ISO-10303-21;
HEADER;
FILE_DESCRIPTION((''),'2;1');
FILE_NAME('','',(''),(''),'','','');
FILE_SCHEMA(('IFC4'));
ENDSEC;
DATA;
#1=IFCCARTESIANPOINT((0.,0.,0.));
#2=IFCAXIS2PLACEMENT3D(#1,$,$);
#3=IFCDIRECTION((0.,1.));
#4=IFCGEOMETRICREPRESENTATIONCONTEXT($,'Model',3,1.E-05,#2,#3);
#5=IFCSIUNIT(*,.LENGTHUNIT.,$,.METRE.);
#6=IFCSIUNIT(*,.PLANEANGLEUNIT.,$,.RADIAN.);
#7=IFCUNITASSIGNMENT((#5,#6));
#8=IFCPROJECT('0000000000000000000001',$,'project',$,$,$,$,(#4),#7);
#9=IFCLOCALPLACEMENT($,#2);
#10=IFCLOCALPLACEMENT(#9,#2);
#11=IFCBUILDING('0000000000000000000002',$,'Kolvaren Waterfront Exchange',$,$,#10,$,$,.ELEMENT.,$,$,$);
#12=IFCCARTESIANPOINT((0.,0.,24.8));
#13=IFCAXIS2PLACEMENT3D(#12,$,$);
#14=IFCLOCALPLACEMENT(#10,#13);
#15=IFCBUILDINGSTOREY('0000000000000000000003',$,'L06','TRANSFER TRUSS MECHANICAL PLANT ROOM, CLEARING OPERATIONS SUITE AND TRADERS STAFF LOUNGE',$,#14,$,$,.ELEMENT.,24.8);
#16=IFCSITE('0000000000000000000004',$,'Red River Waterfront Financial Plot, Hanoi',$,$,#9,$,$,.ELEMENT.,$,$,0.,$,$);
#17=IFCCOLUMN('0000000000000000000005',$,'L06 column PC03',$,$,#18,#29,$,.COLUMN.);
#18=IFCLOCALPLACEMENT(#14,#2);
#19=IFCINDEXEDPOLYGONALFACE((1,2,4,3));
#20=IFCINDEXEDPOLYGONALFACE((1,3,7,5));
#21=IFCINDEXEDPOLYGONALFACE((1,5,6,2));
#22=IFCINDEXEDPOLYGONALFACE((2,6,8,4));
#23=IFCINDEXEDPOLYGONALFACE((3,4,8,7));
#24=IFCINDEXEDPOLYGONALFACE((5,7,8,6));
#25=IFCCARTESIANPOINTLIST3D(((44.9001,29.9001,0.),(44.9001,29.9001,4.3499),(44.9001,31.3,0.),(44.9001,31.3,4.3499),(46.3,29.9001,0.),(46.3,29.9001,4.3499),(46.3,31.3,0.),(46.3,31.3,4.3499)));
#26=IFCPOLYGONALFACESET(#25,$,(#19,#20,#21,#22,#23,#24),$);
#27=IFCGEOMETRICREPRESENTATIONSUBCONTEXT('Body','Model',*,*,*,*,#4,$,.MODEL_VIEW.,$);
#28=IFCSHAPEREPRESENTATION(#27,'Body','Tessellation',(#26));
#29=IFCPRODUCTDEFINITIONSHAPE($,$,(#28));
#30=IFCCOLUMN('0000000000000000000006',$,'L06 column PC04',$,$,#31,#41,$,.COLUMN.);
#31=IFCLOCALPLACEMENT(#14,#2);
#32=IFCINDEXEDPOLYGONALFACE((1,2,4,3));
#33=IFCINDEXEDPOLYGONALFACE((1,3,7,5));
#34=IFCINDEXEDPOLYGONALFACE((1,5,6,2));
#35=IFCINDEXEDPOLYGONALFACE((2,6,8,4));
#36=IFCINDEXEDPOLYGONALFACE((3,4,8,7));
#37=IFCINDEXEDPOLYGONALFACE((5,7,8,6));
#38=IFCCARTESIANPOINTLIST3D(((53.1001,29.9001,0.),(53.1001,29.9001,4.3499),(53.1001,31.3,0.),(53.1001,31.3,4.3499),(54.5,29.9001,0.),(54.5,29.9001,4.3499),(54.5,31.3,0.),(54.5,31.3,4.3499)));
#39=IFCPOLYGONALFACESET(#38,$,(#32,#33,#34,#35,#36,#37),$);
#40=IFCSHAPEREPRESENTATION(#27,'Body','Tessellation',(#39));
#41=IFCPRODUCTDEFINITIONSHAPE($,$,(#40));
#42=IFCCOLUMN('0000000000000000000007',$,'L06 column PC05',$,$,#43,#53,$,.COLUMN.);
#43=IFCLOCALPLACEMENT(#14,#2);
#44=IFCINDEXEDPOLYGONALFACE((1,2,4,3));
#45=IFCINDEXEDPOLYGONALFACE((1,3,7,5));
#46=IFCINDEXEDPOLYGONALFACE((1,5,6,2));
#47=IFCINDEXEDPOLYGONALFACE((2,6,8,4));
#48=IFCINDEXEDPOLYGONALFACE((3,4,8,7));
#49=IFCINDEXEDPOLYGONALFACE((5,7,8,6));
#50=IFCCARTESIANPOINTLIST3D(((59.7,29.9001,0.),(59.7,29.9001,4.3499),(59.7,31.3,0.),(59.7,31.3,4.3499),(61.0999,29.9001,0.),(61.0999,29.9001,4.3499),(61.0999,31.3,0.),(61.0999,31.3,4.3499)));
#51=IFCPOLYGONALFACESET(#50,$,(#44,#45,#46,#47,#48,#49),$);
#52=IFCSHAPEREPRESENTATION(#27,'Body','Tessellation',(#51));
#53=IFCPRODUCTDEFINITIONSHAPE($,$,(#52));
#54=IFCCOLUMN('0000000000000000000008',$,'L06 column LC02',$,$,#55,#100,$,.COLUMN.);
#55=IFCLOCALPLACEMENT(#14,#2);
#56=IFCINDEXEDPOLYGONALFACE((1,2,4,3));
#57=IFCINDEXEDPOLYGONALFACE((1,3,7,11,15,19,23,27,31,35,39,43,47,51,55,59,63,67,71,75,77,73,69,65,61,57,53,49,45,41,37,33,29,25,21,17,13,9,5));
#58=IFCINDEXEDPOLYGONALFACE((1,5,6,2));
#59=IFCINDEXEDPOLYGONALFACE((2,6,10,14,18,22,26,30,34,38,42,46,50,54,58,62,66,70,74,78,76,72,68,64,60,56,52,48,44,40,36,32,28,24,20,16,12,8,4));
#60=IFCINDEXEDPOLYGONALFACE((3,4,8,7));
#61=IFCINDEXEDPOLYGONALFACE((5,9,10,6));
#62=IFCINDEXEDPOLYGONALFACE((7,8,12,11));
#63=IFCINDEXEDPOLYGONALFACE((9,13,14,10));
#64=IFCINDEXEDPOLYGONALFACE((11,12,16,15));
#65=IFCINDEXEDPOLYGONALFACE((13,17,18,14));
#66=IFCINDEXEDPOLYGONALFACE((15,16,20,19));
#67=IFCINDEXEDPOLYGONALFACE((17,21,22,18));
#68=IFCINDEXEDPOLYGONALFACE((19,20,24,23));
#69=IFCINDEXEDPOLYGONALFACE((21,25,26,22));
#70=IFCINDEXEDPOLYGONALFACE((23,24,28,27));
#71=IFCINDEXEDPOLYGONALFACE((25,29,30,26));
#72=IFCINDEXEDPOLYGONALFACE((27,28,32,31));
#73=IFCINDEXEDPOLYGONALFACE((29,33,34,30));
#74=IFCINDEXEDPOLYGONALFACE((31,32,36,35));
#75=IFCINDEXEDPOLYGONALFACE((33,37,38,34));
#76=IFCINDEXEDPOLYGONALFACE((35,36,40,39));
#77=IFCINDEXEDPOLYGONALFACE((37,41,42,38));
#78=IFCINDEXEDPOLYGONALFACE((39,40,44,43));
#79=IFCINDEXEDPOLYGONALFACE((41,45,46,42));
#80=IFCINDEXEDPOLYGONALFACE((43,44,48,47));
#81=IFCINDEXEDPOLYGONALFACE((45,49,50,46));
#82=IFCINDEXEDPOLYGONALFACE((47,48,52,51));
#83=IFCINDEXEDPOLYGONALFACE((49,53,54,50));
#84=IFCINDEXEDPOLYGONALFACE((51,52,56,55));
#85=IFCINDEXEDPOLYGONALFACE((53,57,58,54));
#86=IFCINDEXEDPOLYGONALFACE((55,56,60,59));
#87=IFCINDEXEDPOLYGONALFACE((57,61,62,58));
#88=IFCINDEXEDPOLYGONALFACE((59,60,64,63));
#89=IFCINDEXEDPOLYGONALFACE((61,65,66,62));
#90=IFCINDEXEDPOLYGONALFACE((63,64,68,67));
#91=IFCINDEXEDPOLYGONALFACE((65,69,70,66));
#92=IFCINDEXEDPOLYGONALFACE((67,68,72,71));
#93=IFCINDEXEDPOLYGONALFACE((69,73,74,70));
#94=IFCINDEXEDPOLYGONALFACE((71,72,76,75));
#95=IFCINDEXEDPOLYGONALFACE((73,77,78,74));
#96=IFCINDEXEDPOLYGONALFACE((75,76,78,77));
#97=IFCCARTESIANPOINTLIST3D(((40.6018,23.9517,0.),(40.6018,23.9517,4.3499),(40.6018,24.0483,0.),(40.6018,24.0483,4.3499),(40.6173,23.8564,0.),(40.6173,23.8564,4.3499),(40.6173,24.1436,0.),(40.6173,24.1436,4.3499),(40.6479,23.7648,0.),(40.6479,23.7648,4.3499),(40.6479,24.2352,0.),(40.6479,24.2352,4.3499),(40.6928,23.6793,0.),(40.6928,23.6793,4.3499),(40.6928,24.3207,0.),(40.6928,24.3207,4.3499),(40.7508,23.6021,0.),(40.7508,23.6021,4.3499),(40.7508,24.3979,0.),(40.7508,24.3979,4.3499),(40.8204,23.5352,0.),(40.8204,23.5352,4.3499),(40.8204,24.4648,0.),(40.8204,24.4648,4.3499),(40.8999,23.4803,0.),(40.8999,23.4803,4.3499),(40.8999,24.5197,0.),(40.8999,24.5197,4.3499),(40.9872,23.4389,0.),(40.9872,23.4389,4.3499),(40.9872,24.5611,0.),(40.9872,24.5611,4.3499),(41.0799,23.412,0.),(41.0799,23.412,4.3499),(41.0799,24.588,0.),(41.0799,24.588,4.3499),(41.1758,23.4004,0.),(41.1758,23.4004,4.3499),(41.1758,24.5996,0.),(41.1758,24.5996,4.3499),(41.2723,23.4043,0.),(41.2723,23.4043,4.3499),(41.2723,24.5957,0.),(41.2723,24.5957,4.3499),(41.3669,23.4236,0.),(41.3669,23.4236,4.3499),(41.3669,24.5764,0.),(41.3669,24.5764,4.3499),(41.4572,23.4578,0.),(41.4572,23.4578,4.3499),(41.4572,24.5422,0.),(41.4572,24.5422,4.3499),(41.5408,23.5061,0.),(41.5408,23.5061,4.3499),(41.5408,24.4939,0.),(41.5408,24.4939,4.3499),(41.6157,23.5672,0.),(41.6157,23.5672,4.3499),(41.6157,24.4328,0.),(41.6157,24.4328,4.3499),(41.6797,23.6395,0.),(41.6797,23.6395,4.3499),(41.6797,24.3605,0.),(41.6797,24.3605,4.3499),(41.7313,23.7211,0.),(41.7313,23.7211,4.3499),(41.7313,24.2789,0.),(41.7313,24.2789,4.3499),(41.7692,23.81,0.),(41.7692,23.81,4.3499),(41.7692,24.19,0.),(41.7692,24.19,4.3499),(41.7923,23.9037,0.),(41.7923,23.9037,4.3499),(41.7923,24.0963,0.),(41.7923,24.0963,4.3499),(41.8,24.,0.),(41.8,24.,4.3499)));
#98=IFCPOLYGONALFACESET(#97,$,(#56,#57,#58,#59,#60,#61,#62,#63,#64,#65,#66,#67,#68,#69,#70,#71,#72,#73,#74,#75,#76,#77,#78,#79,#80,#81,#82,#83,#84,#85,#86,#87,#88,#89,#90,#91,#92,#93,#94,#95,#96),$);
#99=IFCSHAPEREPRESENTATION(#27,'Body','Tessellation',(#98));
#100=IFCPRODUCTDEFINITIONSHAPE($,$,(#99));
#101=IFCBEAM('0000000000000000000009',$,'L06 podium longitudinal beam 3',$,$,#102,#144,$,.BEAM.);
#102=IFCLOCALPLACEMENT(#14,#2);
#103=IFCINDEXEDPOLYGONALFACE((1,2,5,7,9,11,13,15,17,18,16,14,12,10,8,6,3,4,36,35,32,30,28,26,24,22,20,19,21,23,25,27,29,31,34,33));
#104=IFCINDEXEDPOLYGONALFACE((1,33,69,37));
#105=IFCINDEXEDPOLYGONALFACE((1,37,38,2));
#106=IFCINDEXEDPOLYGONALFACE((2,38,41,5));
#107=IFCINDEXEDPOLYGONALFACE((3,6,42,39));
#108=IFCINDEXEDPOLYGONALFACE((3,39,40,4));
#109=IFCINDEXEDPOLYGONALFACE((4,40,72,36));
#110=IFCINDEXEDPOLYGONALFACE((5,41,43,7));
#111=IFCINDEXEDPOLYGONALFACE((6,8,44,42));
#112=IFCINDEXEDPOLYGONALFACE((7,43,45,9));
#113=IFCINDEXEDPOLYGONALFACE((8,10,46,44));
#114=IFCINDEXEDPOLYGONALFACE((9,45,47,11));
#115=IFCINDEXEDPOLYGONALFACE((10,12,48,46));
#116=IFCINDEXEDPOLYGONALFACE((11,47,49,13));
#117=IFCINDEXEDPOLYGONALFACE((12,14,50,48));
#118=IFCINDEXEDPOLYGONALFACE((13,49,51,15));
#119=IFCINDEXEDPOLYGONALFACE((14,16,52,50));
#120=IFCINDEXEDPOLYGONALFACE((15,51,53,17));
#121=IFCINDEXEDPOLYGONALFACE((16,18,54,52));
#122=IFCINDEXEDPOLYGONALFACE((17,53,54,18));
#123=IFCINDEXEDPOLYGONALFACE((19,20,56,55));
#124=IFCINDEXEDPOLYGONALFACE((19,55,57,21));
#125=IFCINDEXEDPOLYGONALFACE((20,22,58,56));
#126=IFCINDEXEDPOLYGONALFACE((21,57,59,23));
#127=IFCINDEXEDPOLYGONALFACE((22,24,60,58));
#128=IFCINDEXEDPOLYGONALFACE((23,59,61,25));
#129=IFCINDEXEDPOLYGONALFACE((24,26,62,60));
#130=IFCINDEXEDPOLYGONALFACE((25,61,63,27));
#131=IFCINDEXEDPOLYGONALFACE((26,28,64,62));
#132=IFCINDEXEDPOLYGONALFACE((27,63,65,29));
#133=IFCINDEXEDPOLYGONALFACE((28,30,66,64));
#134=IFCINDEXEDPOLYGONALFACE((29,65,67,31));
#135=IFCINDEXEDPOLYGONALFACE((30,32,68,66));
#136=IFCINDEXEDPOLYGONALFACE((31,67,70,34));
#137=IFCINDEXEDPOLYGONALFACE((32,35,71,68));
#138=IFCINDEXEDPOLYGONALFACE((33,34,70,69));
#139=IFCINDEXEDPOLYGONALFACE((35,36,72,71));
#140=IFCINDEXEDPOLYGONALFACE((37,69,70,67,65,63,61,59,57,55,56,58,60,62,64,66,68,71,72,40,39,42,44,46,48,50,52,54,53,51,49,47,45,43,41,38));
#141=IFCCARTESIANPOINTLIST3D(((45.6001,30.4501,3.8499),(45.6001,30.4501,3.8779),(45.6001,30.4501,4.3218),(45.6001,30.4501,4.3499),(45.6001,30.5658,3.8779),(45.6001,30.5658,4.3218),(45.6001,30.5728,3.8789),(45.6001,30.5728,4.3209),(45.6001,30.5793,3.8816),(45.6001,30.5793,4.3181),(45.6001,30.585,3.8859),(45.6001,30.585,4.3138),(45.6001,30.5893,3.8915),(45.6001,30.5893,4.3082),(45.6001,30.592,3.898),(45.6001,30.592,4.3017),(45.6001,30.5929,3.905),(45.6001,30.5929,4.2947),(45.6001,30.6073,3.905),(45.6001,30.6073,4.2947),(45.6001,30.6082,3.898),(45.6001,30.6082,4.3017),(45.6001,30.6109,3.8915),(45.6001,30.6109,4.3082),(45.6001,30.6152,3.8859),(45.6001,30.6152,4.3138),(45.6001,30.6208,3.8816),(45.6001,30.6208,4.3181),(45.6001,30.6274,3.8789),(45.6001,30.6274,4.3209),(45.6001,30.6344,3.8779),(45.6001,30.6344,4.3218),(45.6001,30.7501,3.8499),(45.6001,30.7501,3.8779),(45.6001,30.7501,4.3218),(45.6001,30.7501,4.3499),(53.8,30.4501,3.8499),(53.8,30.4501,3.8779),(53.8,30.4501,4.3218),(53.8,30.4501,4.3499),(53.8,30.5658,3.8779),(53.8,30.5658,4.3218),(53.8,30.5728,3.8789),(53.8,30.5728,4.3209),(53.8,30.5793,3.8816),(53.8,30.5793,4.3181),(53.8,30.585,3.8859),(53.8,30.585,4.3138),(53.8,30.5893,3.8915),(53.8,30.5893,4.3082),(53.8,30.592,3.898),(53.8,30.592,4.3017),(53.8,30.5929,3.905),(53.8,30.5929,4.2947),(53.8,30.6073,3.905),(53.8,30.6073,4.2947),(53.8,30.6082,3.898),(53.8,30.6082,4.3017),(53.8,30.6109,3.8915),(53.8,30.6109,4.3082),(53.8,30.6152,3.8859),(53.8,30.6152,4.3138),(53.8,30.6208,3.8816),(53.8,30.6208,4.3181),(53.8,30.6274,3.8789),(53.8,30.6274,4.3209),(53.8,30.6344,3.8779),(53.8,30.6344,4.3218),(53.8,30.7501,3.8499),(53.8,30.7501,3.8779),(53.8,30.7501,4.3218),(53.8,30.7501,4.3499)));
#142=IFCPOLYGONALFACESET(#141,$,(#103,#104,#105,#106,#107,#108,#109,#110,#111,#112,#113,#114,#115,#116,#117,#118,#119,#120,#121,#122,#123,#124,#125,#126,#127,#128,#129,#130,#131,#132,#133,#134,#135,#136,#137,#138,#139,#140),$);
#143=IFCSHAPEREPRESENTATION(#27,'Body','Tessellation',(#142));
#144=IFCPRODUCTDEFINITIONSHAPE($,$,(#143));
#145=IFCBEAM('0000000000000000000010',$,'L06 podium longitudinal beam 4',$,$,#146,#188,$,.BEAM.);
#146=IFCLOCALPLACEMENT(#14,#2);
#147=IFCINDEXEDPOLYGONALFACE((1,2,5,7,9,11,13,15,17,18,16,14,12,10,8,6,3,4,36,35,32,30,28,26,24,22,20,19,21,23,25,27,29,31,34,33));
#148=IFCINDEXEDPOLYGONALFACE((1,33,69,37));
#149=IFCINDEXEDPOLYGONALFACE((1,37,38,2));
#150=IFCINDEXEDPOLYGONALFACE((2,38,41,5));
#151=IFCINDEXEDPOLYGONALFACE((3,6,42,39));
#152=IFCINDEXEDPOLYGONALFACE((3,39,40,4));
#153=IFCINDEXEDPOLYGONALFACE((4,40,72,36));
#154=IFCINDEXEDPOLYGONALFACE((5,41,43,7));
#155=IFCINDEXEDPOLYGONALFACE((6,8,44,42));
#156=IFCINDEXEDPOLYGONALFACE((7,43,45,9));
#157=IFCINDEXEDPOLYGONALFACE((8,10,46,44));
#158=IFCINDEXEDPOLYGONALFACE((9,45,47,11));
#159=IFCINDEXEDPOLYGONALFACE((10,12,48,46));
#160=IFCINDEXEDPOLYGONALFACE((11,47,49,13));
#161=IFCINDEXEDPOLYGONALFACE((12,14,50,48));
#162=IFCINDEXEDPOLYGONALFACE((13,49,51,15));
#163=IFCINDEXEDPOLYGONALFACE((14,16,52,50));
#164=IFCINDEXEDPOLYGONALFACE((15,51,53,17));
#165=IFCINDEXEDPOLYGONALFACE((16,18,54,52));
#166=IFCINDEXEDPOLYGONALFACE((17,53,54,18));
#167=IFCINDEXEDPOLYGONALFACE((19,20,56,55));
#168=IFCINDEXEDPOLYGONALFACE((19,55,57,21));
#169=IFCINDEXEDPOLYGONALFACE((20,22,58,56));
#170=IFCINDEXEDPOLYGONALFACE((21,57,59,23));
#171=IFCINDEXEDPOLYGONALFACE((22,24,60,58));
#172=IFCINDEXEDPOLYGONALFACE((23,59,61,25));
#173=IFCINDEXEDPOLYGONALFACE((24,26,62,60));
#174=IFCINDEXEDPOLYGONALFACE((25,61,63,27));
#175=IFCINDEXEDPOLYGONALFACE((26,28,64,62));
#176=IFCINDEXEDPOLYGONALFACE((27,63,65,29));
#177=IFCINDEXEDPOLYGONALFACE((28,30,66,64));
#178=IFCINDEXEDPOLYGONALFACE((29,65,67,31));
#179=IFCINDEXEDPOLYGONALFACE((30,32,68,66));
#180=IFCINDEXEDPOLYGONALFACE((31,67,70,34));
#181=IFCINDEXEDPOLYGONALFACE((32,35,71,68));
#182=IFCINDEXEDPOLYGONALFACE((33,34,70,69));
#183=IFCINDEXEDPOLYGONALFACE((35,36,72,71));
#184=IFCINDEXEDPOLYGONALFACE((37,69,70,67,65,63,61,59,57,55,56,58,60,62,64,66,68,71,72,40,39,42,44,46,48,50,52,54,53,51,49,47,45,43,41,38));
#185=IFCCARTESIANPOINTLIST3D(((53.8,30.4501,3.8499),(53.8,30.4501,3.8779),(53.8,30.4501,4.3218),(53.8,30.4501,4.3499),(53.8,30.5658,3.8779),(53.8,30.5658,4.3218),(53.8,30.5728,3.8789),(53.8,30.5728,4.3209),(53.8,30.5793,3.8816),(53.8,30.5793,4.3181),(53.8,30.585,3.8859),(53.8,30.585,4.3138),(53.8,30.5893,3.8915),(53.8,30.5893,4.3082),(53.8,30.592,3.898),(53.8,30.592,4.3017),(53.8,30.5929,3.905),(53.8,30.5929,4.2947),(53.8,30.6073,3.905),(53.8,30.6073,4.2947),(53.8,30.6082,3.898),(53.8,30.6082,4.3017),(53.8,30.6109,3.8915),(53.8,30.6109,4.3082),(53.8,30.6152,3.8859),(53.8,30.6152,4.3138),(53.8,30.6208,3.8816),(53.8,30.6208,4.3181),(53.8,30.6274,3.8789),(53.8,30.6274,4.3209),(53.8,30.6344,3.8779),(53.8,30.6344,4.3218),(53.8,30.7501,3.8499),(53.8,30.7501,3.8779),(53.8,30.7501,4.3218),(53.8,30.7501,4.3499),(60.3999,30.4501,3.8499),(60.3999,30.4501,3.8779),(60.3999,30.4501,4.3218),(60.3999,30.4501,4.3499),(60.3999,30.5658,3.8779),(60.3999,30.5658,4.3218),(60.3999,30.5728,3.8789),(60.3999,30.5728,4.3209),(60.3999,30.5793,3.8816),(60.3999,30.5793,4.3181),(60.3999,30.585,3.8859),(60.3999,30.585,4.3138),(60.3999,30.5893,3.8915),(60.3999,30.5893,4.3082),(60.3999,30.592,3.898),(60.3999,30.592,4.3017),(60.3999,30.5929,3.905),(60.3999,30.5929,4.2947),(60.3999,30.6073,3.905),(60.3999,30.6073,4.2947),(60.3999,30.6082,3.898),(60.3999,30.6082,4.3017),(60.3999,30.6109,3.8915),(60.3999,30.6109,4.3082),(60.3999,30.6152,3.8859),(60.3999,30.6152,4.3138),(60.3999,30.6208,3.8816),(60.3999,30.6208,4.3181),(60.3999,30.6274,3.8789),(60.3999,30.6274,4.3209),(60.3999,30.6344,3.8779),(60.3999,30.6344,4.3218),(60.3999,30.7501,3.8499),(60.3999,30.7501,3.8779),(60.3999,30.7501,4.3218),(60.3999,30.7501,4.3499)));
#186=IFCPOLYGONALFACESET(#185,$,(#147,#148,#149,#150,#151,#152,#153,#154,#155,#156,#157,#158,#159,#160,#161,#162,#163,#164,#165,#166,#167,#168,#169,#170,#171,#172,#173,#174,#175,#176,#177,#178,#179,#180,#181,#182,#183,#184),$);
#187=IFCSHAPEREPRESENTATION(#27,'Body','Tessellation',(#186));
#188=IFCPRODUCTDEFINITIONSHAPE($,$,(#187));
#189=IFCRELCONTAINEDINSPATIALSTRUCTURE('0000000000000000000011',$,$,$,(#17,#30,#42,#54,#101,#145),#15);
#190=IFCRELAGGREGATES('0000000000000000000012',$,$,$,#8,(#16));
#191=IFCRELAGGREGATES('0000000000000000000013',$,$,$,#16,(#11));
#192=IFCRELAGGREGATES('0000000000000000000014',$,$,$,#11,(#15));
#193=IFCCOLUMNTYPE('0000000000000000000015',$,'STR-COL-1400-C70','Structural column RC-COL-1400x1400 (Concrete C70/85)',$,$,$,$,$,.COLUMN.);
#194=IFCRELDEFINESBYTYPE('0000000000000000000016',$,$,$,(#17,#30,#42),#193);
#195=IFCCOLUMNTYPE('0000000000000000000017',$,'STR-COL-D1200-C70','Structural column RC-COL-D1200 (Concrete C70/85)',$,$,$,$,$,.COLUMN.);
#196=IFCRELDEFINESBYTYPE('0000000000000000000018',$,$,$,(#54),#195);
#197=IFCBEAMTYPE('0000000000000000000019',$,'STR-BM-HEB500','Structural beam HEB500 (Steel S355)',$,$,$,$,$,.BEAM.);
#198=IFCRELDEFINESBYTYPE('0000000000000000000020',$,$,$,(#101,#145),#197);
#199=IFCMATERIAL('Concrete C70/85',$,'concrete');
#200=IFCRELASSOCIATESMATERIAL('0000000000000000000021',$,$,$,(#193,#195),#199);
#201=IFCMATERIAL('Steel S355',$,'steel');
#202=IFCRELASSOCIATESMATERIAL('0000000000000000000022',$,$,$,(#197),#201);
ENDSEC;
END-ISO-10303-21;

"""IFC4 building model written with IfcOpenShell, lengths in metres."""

from ifc_helpers import new_model, si_unit, direction, frame, origin, origin_2d, place, context, subcontext, project, spatial, rectangle, circle, i_section, extrude, material, material_profile, profile_set, type_object, element, save


model = new_model("IFC4")

# Units and contexts
model_context = context("Model", 3, precision=1e-05, world=origin(), true_north=direction((0.0, 1.0)))
body_context = subcontext(model_context, "Body", "Model", "MODEL_VIEW")
ifc_project = project(units=[si_unit("LENGTHUNIT", "METRE"), si_unit("PLANEANGLEUNIT", "RADIAN")], contexts=[model_context])

# Site, building, storey
site_placement = place(None, origin())
site = spatial("IfcSite", under=ifc_project, at=site_placement, Name="Red River Waterfront Financial Plot, Hanoi", CompositionType="ELEMENT", RefElevation=0.0)
building_placement = place(site_placement, origin())
building = spatial("IfcBuilding", under=site, at=building_placement, Name="Kolvaren Waterfront Exchange", CompositionType="ELEMENT")
storey_placement = place(building_placement, frame((0.0, 0.0, 24.8)))
storey = spatial("IfcBuildingStorey", under=building, at=storey_placement, Name="L06", Description="TRANSFER TRUSS MECHANICAL PLANT ROOM, CLEARING OPERATIONS SUITE AND TRADERS STAFF LOUNGE", CompositionType="ELEMENT", Elevation=24.8)

# Columns
ifc_material_1 = material(Name="Concrete C70/85", Category="concrete")
ifc_material_profile_1 = material_profile(ifc_material_1, rectangle(XDim=1.3999, YDim=1.3999, at=origin_2d()), Name="RC-COL-1400x1400")
ifc_profile_set_1 = profile_set([ifc_material_profile_1], Name="Concrete C70/85")
column_type_1 = type_object("IfcColumnType", Name="STR-COL-1400-C70", Description="Structural column RC-COL-1400x1400 (Concrete C70/85)", PredefinedType="COLUMN", material=ifc_profile_set_1)
for number, where, z_axis, x_axis, name in (
    (1, (45.6001, 30.6001, 0.0), (0.0, 0.0, 1.0), (1.0, 0.0, 0.0), "L06 column PC03"),
    (2, (53.8, 30.6001, 0.0), (0.0, 0.0, 1.0), (1.0, 0.0, 0.0), "L06 column PC04"),
    (3, (60.3999, 30.6001, 0.0), (0.0, 0.0, 1.0), (1.0, 0.0, 0.0), "L06 column PC05"),
):
    element("IfcColumn", number, at=place(storey_placement, frame(where, z_axis=z_axis, x_axis=x_axis)), inside=storey, type_object=column_type_1, Name=name, PredefinedType="COLUMN", context=body_context, shape_type="SweptSolid", body=[
        extrude(rectangle(XDim=1.3999, YDim=1.3999, at=origin_2d()), origin(), (0.0, 0.0, 1.0), 4.3499),
    ])
ifc_material_profile_2 = material_profile(ifc_material_1, circle(Radius=0.6001, at=origin_2d()), Name="RC-COL-D1200")
ifc_profile_set_2 = profile_set([ifc_material_profile_2], Name="Concrete C70/85")
column_type_2 = type_object("IfcColumnType", Name="STR-COL-D1200-C70", Description="Structural column RC-COL-D1200 (Concrete C70/85)", PredefinedType="COLUMN", material=ifc_profile_set_2)
column_placement = place(storey_placement, frame((41.2, 24.0, 0.0), z_axis=(0.0, 0.0, 1.0), x_axis=(1.0, 0.0, 0.0)))
element("IfcColumn", 4, at=column_placement, inside=storey, type_object=column_type_2, Name="L06 column LC02", PredefinedType="COLUMN", context=body_context, shape_type="SweptSolid", body=[
    extrude(circle(Radius=0.6001, at=origin_2d()), origin(), (0.0, 0.0, 1.0), 4.3499),
])

# Beams
ifc_material_2 = material(Name="Steel S355", Category="steel")
ifc_material_profile_3 = material_profile(ifc_material_2, i_section(OverallWidth=0.3, OverallDepth=0.5, WebThickness=0.0144, FlangeThickness=0.0281, FilletRadius=0.0271, at=origin_2d()), Name="HEB500")
ifc_profile_set_3 = profile_set([ifc_material_profile_3], Name="Steel S355")
beam_type_1 = type_object("IfcBeamType", Name="STR-BM-HEB500", Description="Structural beam HEB500 (Steel S355)", PredefinedType="BEAM", material=ifc_profile_set_3)
beam_1_placement = place(storey_placement, frame((45.6001, 30.6001, 4.0999), z_axis=(1.0, 0.0, 0.0), x_axis=(0.0, 1.0, 0.0)))
element("IfcBeam", 5, at=beam_1_placement, inside=storey, type_object=beam_type_1, Name="L06 podium longitudinal beam 3", PredefinedType="BEAM", context=body_context, shape_type="SweptSolid", body=[
    extrude(i_section(OverallWidth=0.3, OverallDepth=0.5, WebThickness=0.0144, FlangeThickness=0.0281, FilletRadius=0.0271, at=origin_2d()), origin(), (0.0, 0.0, 1.0), 8.2),
])
beam_2_placement = place(storey_placement, frame((53.8, 30.6001, 4.0999), z_axis=(1.0, 0.0, 0.0), x_axis=(0.0, 1.0, 0.0)))
element("IfcBeam", 6, at=beam_2_placement, inside=storey, type_object=beam_type_1, Name="L06 podium longitudinal beam 4", PredefinedType="BEAM", context=body_context, shape_type="SweptSolid", body=[
    extrude(i_section(OverallWidth=0.3, OverallDepth=0.5, WebThickness=0.0144, FlangeThickness=0.0281, FilletRadius=0.0271, at=origin_2d()), origin(), (0.0, 0.0, 1.0), 6.5999),
])

save(model, "model.ifc")
